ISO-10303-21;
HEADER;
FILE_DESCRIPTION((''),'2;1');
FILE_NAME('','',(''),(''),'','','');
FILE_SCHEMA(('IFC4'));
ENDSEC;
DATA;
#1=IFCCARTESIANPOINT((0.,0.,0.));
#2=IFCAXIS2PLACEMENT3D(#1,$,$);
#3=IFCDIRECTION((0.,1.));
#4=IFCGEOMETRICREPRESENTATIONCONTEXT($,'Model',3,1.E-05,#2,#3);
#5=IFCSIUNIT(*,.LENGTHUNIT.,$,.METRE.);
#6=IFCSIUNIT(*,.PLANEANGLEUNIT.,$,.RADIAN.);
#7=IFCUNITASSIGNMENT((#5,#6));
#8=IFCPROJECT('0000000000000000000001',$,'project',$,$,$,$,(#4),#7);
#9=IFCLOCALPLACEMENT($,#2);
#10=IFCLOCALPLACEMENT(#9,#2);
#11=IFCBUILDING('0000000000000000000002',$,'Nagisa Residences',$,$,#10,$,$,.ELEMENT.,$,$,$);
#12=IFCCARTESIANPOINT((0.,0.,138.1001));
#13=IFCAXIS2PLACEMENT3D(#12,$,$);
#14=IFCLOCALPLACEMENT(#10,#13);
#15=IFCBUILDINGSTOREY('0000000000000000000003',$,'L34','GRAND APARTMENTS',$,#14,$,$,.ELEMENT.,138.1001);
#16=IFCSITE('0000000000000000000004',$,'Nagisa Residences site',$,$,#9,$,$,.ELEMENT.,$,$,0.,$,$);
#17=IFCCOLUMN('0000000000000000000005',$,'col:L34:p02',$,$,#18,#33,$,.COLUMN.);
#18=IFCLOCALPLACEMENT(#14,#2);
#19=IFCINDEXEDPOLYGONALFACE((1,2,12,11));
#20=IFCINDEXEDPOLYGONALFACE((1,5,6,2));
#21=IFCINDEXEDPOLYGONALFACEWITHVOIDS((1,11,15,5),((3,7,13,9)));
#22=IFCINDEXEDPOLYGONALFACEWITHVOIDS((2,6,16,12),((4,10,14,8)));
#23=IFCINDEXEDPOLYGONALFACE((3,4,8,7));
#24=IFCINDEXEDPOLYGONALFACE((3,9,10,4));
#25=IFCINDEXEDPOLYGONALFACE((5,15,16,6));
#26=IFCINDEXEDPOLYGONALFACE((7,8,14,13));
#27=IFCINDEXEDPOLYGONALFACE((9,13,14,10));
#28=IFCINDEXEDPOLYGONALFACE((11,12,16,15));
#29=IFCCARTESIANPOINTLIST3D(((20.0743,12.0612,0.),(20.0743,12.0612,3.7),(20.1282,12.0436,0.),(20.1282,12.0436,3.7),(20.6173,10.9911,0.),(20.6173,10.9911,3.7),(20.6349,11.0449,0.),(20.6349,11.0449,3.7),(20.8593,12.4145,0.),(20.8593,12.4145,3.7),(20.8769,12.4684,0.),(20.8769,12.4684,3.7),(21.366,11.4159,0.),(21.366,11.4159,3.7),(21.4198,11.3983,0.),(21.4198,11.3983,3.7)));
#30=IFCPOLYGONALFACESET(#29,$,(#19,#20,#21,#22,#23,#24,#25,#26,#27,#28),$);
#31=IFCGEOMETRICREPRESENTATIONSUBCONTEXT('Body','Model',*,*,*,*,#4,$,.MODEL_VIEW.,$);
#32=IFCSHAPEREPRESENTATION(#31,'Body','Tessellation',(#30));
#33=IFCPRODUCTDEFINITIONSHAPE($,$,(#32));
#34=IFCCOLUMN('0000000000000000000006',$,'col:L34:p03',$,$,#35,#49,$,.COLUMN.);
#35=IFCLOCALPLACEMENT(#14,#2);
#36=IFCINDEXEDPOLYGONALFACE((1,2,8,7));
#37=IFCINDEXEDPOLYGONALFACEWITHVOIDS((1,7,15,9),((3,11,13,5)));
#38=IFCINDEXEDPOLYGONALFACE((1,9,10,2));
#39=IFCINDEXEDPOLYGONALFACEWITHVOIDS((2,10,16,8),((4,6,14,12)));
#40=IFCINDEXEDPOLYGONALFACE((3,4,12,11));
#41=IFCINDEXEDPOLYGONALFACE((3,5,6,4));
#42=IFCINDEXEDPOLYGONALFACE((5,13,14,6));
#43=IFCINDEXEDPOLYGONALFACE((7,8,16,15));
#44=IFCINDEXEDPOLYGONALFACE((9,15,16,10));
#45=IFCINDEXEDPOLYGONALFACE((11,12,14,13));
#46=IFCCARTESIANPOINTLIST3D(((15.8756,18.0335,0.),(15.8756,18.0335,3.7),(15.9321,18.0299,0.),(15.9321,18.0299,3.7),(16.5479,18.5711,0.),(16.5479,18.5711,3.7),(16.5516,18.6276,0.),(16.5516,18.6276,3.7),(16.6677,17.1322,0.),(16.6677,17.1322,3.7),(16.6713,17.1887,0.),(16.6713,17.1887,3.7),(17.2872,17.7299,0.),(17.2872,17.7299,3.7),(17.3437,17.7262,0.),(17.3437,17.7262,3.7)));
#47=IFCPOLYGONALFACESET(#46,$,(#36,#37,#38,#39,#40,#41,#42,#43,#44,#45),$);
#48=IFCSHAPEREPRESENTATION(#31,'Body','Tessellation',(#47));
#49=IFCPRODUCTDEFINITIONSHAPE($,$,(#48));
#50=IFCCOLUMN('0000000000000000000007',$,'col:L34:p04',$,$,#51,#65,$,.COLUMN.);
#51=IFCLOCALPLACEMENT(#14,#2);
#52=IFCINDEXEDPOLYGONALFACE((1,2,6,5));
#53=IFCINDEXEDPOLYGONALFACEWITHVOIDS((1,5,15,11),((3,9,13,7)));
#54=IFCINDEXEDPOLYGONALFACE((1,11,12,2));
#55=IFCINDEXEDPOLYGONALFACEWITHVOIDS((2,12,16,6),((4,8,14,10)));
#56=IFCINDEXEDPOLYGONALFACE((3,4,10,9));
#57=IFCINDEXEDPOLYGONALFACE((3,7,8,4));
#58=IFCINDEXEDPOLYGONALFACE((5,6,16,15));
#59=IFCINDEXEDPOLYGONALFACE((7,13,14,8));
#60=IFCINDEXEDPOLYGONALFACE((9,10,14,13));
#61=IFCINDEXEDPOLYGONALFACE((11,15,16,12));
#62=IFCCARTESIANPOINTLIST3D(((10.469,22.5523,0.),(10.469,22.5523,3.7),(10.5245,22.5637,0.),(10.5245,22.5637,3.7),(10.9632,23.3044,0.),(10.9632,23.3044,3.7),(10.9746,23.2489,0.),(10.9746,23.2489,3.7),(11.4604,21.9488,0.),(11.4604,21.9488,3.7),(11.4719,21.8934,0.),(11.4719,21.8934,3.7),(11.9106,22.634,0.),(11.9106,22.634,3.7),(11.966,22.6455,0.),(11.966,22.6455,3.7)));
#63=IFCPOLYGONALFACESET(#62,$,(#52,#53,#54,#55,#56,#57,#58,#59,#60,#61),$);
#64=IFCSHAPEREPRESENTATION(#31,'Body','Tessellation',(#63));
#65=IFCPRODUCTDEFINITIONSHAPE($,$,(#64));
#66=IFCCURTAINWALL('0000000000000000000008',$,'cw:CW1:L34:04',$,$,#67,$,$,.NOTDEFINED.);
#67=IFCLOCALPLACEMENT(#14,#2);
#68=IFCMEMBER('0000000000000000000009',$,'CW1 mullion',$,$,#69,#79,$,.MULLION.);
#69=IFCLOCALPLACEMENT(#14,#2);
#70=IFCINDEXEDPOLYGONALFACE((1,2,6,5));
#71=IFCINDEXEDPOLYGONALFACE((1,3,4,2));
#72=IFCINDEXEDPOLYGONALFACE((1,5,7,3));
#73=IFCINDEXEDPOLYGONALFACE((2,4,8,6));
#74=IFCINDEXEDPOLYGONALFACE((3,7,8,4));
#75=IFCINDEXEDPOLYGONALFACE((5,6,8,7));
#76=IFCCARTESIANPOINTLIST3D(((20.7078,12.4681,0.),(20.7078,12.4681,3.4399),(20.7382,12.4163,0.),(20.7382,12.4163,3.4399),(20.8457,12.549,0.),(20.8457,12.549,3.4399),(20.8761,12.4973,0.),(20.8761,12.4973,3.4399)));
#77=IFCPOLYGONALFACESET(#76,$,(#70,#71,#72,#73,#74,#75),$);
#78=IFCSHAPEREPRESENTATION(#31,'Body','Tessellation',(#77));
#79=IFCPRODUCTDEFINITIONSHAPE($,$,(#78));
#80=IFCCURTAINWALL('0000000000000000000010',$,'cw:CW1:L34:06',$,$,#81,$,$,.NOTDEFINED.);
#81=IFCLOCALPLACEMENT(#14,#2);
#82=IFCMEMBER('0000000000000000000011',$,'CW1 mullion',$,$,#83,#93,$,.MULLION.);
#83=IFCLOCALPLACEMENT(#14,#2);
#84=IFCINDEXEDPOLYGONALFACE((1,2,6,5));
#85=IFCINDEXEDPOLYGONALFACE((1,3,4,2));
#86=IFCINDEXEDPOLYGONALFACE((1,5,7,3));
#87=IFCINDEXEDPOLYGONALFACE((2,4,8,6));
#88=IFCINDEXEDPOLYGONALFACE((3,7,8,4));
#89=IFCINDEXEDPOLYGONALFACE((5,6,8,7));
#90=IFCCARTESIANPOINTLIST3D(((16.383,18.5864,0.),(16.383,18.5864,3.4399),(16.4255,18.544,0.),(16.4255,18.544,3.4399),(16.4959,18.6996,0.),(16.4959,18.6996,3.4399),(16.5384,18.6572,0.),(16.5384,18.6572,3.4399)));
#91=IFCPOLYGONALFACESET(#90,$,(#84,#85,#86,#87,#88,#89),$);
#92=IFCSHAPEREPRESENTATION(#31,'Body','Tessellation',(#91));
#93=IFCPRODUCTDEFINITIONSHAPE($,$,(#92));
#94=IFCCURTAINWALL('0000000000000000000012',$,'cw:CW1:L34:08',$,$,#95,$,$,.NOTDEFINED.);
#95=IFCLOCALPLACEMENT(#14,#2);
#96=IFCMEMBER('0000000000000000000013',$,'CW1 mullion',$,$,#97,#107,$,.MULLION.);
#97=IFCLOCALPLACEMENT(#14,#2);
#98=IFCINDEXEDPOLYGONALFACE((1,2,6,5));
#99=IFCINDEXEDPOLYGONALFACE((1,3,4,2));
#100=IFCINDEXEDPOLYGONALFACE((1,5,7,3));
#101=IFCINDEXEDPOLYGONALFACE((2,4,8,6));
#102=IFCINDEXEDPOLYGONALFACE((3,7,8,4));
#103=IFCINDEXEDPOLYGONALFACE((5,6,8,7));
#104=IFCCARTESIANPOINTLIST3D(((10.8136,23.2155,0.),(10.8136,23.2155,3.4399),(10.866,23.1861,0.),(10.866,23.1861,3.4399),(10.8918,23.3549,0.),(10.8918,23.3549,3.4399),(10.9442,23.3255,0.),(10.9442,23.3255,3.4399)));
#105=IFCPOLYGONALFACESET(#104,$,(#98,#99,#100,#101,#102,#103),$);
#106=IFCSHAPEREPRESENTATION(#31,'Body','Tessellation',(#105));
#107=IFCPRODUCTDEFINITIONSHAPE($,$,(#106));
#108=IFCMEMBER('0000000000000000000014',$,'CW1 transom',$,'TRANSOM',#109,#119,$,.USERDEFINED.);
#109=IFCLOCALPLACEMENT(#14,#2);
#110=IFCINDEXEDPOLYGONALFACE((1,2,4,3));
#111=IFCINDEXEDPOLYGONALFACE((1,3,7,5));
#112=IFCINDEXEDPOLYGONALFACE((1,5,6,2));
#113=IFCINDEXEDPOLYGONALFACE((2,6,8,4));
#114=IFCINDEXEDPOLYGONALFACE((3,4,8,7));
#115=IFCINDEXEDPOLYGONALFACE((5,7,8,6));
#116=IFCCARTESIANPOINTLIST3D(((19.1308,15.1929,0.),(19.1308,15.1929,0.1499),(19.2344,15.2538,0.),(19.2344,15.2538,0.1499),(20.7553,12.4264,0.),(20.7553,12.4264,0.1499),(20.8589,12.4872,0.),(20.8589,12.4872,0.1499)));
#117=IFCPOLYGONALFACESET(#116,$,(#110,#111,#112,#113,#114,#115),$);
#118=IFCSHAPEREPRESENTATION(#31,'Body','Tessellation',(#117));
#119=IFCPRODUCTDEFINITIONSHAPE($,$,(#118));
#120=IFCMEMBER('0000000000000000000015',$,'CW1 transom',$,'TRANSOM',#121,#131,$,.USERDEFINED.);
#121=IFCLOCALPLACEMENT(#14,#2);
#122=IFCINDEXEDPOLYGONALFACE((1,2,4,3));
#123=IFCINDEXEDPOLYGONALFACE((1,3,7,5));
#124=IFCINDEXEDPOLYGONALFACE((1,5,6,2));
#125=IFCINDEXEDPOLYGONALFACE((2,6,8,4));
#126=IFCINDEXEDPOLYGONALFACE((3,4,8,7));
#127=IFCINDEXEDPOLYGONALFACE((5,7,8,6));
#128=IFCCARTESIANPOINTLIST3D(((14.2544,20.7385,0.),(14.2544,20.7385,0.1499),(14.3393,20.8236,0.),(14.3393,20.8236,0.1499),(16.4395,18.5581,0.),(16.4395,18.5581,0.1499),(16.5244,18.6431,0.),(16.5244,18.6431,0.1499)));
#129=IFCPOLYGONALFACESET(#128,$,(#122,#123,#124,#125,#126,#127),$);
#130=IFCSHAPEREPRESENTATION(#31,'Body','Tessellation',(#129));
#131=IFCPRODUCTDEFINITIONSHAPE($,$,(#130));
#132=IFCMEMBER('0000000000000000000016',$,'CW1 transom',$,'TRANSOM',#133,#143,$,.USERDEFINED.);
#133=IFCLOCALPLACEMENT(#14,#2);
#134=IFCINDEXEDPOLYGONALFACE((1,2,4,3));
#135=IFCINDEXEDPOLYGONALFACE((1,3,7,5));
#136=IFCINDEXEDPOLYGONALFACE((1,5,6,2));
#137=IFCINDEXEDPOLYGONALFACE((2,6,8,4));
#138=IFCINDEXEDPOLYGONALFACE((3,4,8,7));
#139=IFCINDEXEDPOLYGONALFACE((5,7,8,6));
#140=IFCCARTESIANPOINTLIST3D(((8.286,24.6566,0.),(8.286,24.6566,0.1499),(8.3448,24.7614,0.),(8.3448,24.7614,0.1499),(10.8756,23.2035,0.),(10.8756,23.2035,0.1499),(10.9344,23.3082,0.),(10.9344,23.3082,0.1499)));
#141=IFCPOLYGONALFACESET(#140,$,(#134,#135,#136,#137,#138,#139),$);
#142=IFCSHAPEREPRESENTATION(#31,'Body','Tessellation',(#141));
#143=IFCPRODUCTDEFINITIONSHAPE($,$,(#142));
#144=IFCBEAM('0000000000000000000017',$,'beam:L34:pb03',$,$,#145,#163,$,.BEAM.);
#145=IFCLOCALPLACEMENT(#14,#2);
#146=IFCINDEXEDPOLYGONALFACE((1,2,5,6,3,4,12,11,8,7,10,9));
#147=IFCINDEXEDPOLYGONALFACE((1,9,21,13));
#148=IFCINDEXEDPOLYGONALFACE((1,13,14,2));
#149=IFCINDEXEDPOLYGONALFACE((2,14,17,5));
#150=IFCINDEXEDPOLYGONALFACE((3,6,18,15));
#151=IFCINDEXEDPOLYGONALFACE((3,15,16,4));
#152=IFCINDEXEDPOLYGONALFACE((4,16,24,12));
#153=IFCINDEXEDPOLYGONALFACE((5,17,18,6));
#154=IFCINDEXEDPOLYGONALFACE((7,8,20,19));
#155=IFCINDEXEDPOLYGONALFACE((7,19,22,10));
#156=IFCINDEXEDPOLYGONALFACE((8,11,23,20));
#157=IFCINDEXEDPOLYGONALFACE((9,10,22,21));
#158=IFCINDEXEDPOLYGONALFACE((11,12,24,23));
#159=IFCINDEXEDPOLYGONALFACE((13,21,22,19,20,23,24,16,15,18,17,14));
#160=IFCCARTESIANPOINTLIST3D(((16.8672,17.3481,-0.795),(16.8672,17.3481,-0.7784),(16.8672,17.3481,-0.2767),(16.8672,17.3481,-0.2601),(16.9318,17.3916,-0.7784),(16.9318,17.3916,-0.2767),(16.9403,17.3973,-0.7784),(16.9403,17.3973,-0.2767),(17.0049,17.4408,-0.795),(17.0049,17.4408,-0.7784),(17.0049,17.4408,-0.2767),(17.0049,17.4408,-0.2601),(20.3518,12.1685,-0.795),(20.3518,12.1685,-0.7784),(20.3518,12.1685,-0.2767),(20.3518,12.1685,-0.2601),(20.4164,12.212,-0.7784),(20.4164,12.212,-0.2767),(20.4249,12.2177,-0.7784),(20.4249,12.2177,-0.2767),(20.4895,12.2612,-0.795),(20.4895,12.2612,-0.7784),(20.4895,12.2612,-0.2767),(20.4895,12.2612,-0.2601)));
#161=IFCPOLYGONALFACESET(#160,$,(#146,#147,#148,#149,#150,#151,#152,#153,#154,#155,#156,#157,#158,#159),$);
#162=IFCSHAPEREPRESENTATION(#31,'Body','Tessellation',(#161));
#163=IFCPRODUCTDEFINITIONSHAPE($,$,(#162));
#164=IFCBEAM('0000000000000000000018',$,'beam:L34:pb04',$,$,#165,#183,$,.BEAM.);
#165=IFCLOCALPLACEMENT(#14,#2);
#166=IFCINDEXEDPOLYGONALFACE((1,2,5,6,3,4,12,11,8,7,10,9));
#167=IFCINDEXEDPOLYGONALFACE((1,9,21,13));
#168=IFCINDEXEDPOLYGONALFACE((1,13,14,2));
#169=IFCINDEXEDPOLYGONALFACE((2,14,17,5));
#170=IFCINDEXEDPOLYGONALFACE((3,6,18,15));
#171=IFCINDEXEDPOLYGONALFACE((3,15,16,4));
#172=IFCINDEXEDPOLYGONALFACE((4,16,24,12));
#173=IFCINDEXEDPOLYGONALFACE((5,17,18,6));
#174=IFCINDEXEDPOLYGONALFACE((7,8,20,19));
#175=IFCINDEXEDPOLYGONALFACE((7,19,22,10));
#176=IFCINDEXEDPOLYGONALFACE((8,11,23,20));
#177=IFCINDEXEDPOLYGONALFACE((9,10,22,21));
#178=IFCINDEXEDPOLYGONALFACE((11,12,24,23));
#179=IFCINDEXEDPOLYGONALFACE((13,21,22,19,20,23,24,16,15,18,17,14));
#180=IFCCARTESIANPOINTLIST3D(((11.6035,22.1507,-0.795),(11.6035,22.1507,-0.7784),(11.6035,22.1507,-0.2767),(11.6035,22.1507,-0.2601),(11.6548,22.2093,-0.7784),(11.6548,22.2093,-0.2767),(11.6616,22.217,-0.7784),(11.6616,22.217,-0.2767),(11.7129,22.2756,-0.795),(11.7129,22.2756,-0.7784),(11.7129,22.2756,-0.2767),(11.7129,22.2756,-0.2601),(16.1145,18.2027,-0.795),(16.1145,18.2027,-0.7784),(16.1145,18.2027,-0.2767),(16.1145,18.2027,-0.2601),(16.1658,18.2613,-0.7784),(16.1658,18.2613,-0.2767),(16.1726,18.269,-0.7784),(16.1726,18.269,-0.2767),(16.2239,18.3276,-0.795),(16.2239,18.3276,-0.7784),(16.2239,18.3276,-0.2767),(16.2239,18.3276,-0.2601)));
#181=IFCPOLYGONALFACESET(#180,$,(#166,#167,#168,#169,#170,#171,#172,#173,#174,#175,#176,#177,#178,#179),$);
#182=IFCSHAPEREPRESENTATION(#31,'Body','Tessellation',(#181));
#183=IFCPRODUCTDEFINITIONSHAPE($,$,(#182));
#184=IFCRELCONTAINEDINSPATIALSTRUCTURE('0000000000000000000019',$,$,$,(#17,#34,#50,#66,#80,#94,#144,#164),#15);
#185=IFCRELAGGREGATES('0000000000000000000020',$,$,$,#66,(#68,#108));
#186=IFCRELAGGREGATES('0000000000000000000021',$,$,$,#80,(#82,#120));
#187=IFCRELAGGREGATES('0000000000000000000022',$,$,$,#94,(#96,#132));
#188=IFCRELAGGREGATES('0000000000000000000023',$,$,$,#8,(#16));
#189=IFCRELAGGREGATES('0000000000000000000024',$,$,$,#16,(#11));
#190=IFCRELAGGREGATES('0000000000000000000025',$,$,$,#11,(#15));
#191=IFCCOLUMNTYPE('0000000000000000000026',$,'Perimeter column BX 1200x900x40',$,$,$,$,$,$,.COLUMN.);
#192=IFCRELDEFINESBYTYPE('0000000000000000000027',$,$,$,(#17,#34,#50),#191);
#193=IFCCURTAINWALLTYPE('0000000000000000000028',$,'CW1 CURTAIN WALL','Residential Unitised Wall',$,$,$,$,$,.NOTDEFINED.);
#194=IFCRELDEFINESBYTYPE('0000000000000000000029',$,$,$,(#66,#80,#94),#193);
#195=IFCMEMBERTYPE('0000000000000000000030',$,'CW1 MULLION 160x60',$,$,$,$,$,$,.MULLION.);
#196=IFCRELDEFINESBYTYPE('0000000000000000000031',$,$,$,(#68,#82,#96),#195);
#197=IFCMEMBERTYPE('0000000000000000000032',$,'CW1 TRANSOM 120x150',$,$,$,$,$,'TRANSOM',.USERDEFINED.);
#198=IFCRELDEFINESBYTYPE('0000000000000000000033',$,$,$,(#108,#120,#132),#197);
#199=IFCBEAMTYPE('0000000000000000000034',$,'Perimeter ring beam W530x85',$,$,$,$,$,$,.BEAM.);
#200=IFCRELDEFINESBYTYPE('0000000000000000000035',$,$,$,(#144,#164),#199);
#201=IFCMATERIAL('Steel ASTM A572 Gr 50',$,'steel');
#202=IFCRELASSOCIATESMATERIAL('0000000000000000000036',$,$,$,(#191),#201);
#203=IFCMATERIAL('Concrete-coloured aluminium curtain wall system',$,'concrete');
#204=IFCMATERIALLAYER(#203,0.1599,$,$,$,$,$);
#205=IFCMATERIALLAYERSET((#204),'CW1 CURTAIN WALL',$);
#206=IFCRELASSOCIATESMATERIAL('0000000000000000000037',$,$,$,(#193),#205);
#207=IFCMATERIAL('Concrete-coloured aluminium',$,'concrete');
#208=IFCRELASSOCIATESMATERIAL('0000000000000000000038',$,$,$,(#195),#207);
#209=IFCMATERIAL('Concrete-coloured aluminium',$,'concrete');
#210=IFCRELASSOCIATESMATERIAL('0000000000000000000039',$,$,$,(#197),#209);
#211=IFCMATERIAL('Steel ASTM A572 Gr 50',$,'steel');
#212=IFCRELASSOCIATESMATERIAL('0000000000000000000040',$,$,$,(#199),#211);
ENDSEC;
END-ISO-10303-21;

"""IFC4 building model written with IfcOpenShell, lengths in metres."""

from ifc_helpers import new_model, si_unit, direction, frame, origin, origin_2d, place, context, subcontext, project, spatial, rectangle, hollow_rectangle, i_section, extrude, material, layer, layer_set, material_profile, profile_set, type_object, element, aggregate, save


model = new_model("IFC4")

# Units and contexts
model_context = context("Model", 3, precision=1e-05, world=origin(), true_north=direction((0.0, 1.0)))
body_context = subcontext(model_context, "Body", "Model", "MODEL_VIEW")
ifc_project = project(units=[si_unit("LENGTHUNIT", "METRE"), si_unit("PLANEANGLEUNIT", "RADIAN")], contexts=[model_context])

# Site, building, storey
site_placement = place(None, origin())
site = spatial("IfcSite", under=ifc_project, at=site_placement, Name="Nagisa Residences site", CompositionType="ELEMENT", RefElevation=0.0)
building_placement = place(site_placement, origin())
building = spatial("IfcBuilding", under=site, at=building_placement, Name="Nagisa Residences", CompositionType="ELEMENT")
storey_placement = place(building_placement, frame((0.0, 0.0, 138.1001)))
storey = spatial("IfcBuildingStorey", under=building, at=storey_placement, Name="L34", Description="GRAND APARTMENTS", CompositionType="ELEMENT", Elevation=138.1001)

# Columns
ifc_material_1 = material(Name="Steel ASTM A572 Gr 50", Category="steel")
ifc_material_profile_1 = material_profile(ifc_material_1, hollow_rectangle(XDim=1.2, YDim=0.8999, WallThickness=0.04, at=origin_2d()), Name="BX 1200x900x40")
ifc_profile_set_1 = profile_set([ifc_material_profile_1], Name="Steel ASTM A572 Gr 50")
column_type = type_object("IfcColumnType", Name="Perimeter column BX 1200x900x40", PredefinedType="COLUMN", material=ifc_profile_set_1)
for number, where, z_axis, x_axis, name in (
    (1, (20.7471, 11.7297, 0.0), (0.0, 0.0, 1.0), (-0.452463, 0.891783, 0.0), "col:L34:p02"),
    (2, (16.6096, 17.8799, 0.0), (0.0, 0.0, 1.0), (-0.660115, 0.751165, 0.0), "col:L34:p03"),
    (3, (11.2175, 22.5989, 0.0), (0.0, 0.0, 1.0), (-0.835766, 0.549086, 0.0), "col:L34:p04"),
):
    element("IfcColumn", number, at=place(storey_placement, frame(where, z_axis=z_axis, x_axis=x_axis)), inside=storey, type_object=column_type, Name=name, PredefinedType="COLUMN", context=body_context, shape_type="SweptSolid", body=[
        extrude(hollow_rectangle(XDim=1.2, YDim=0.8999, WallThickness=0.04, at=origin_2d()), origin(), (0.0, 0.0, 1.0), 3.7),
    ])

# Curtain walls, members
ifc_material_2 = material(Name="Concrete-coloured aluminium curtain wall system", Category="concrete")
ifc_layer_1 = layer(ifc_material_2, 0.1599)
ifc_layer_set_1 = layer_set([ifc_layer_1], Name="CW1 CURTAIN WALL")
curtain_wall_type = type_object("IfcCurtainWallType", Name="CW1 CURTAIN WALL", Description="Residential Unitised Wall", PredefinedType="NOTDEFINED", material=ifc_layer_set_1)
curtain_wall_1_placement = place(storey_placement, origin())
curtain_wall_1 = element("IfcCurtainWall", 4, at=curtain_wall_1_placement, inside=storey, type_object=curtain_wall_type, Name="cw:CW1:L34:04", PredefinedType="NOTDEFINED")
ifc_material_3 = material(Name="Concrete-coloured aluminium", Category="concrete")
ifc_material_profile_2 = material_profile(ifc_material_3, rectangle(XDim=0.1599, YDim=0.0601, at=origin_2d()), Name="CW1 MULLION 160x60")
ifc_profile_set_2 = profile_set([ifc_material_profile_2], Name="Concrete-coloured aluminium")
member_type_1 = type_object("IfcMemberType", Name="CW1 MULLION 160x60", PredefinedType="MULLION", material=ifc_profile_set_2)
member_1_placement = place(storey_placement, frame((20.792, 12.4827, 0.0), z_axis=(0.0, 0.0, 1.0), x_axis=(-0.862329, -0.506349, 0.0)))
member_1 = element("IfcMember", 5, at=member_1_placement, type_object=member_type_1, Name="CW1 mullion", PredefinedType="MULLION", context=body_context, shape_type="SweptSolid", body=[
    extrude(rectangle(XDim=0.1599, YDim=0.0601, at=origin_2d()), origin(), (0.0, 0.0, 1.0), 3.4399),
])
curtain_wall_2_placement = place(storey_placement, origin())
curtain_wall_2 = element("IfcCurtainWall", 6, at=curtain_wall_2_placement, inside=storey, type_object=curtain_wall_type, Name="cw:CW1:L34:06", PredefinedType="NOTDEFINED")
member_2_placement = place(storey_placement, frame((16.4607, 18.6218, 0.0), z_axis=(0.0, 0.0, 1.0), x_axis=(-0.706377, -0.707836, 0.0)))
member_2 = element("IfcMember", 7, at=member_2_placement, type_object=member_type_1, Name="CW1 mullion", PredefinedType="MULLION", context=body_context, shape_type="SweptSolid", body=[
    extrude(rectangle(XDim=0.1599, YDim=0.0601, at=origin_2d()), origin(), (0.0, 0.0, 1.0), 3.4399),
])
curtain_wall_3_placement = place(storey_placement, origin())
curtain_wall_3 = element("IfcCurtainWall", 8, at=curtain_wall_3_placement, inside=storey, type_object=curtain_wall_type, Name="cw:CW1:L34:08", PredefinedType="NOTDEFINED")
member_3_placement = place(storey_placement, frame((10.8789, 23.2705, 0.0), z_axis=(0.0, 0.0, 1.0), x_axis=(-0.489377, -0.872072, 0.0)))
member_3 = element("IfcMember", 9, at=member_3_placement, type_object=member_type_1, Name="CW1 mullion", PredefinedType="MULLION", context=body_context, shape_type="SweptSolid", body=[
    extrude(rectangle(XDim=0.1599, YDim=0.0601, at=origin_2d()), origin(), (0.0, 0.0, 1.0), 3.4399),
])

# Members
ifc_material_4 = material(Name="Concrete-coloured aluminium", Category="concrete")
ifc_material_profile_3 = material_profile(ifc_material_4, rectangle(XDim=0.1201, YDim=0.1499, at=origin_2d()), Name="CW1 TRANSOM 120x150")
ifc_profile_set_3 = profile_set([ifc_material_profile_3], Name="Concrete-coloured aluminium")
member_type_2 = type_object("IfcMemberType", Name="CW1 TRANSOM 120x150", ElementType="TRANSOM", PredefinedType="USERDEFINED", material=ifc_profile_set_3)
member_4_placement = place(storey_placement, frame((20.8071, 12.4568, 0.075), z_axis=(-0.506348, 0.862329, 0.0), x_axis=(-0.862329, -0.506348, 0.0)))
member_4 = element("IfcMember", 10, at=member_4_placement, type_object=member_type_2, Name="CW1 transom", ObjectType="TRANSOM", PredefinedType="USERDEFINED", context=body_context, shape_type="SweptSolid", body=[
    extrude(rectangle(XDim=0.1201, YDim=0.1499, at=origin_2d()), origin(), (0.0, 0.0, 1.0), 3.2083),
])
member_5_placement = place(storey_placement, frame((16.4819, 18.6006, 0.075), z_axis=(-0.707858, 0.706355, 0.0), x_axis=(-0.706355, -0.707858, 0.0)))
member_5 = element("IfcMember", 11, at=member_5_placement, type_object=member_type_2, Name="CW1 transom", ObjectType="TRANSOM", PredefinedType="USERDEFINED", context=body_context, shape_type="SweptSolid", body=[
    extrude(rectangle(XDim=0.1201, YDim=0.1499, at=origin_2d()), origin(), (0.0, 0.0, 1.0), 3.0869),
])
member_6_placement = place(storey_placement, frame((10.905, 23.2559, 0.075), z_axis=(-0.872082, 0.489359, 0.0), x_axis=(-0.489359, -0.872082, 0.0)))
member_6 = element("IfcMember", 12, at=member_6_placement, type_object=member_type_2, Name="CW1 transom", ObjectType="TRANSOM", PredefinedType="USERDEFINED", context=body_context, shape_type="SweptSolid", body=[
    extrude(rectangle(XDim=0.1201, YDim=0.1499, at=origin_2d()), origin(), (0.0, 0.0, 1.0), 2.9695),
])

# Beams
ifc_material_5 = material(Name="Steel ASTM A572 Gr 50", Category="steel")
ifc_material_profile_4 = material_profile(ifc_material_5, i_section(OverallWidth=0.166, OverallDepth=0.5349, WebThickness=0.0103, FlangeThickness=0.0166, at=origin_2d()), Name="W530x85")
ifc_profile_set_4 = profile_set([ifc_material_profile_4], Name="Steel ASTM A572 Gr 50")
beam_type_1 = type_object("IfcBeamType", Name="Perimeter ring beam W530x85", PredefinedType="BEAM", material=ifc_profile_set_4)
beam_1_placement = place(storey_placement, frame((20.4207, 12.2148, -0.5276), z_axis=(-0.558188, 0.829715, 0.0), x_axis=(-0.829715, -0.558188, 0.0)))
element("IfcBeam", 13, at=beam_1_placement, inside=storey, type_object=beam_type_1, Name="beam:L34:pb03", PredefinedType="BEAM", context=body_context, shape_type="SweptSolid", body=[
    extrude(i_section(OverallWidth=0.166, OverallDepth=0.5349, WebThickness=0.0103, FlangeThickness=0.0166, at=origin_2d()), origin(), (0.0, 0.0, 1.0), 6.2427),
])
beam_2_placement = place(storey_placement, frame((16.1692, 18.2651, -0.5276), z_axis=(-0.752504, 0.658588, 0.0), x_axis=(-0.658588, -0.752504, 0.0)))
element("IfcBeam", 14, at=beam_2_placement, inside=storey, type_object=beam_type_1, Name="beam:L34:pb04", PredefinedType="BEAM", context=body_context, shape_type="SweptSolid", body=[
    extrude(i_section(OverallWidth=0.166, OverallDepth=0.5349, WebThickness=0.0103, FlangeThickness=0.0166, at=origin_2d()), origin(), (0.0, 0.0, 1.0), 5.9946),
])

aggregate(curtain_wall_1, [member_1, member_4])
aggregate(curtain_wall_2, [member_2, member_5])
aggregate(curtain_wall_3, [member_3, member_6])

save(model, "model.ifc")
